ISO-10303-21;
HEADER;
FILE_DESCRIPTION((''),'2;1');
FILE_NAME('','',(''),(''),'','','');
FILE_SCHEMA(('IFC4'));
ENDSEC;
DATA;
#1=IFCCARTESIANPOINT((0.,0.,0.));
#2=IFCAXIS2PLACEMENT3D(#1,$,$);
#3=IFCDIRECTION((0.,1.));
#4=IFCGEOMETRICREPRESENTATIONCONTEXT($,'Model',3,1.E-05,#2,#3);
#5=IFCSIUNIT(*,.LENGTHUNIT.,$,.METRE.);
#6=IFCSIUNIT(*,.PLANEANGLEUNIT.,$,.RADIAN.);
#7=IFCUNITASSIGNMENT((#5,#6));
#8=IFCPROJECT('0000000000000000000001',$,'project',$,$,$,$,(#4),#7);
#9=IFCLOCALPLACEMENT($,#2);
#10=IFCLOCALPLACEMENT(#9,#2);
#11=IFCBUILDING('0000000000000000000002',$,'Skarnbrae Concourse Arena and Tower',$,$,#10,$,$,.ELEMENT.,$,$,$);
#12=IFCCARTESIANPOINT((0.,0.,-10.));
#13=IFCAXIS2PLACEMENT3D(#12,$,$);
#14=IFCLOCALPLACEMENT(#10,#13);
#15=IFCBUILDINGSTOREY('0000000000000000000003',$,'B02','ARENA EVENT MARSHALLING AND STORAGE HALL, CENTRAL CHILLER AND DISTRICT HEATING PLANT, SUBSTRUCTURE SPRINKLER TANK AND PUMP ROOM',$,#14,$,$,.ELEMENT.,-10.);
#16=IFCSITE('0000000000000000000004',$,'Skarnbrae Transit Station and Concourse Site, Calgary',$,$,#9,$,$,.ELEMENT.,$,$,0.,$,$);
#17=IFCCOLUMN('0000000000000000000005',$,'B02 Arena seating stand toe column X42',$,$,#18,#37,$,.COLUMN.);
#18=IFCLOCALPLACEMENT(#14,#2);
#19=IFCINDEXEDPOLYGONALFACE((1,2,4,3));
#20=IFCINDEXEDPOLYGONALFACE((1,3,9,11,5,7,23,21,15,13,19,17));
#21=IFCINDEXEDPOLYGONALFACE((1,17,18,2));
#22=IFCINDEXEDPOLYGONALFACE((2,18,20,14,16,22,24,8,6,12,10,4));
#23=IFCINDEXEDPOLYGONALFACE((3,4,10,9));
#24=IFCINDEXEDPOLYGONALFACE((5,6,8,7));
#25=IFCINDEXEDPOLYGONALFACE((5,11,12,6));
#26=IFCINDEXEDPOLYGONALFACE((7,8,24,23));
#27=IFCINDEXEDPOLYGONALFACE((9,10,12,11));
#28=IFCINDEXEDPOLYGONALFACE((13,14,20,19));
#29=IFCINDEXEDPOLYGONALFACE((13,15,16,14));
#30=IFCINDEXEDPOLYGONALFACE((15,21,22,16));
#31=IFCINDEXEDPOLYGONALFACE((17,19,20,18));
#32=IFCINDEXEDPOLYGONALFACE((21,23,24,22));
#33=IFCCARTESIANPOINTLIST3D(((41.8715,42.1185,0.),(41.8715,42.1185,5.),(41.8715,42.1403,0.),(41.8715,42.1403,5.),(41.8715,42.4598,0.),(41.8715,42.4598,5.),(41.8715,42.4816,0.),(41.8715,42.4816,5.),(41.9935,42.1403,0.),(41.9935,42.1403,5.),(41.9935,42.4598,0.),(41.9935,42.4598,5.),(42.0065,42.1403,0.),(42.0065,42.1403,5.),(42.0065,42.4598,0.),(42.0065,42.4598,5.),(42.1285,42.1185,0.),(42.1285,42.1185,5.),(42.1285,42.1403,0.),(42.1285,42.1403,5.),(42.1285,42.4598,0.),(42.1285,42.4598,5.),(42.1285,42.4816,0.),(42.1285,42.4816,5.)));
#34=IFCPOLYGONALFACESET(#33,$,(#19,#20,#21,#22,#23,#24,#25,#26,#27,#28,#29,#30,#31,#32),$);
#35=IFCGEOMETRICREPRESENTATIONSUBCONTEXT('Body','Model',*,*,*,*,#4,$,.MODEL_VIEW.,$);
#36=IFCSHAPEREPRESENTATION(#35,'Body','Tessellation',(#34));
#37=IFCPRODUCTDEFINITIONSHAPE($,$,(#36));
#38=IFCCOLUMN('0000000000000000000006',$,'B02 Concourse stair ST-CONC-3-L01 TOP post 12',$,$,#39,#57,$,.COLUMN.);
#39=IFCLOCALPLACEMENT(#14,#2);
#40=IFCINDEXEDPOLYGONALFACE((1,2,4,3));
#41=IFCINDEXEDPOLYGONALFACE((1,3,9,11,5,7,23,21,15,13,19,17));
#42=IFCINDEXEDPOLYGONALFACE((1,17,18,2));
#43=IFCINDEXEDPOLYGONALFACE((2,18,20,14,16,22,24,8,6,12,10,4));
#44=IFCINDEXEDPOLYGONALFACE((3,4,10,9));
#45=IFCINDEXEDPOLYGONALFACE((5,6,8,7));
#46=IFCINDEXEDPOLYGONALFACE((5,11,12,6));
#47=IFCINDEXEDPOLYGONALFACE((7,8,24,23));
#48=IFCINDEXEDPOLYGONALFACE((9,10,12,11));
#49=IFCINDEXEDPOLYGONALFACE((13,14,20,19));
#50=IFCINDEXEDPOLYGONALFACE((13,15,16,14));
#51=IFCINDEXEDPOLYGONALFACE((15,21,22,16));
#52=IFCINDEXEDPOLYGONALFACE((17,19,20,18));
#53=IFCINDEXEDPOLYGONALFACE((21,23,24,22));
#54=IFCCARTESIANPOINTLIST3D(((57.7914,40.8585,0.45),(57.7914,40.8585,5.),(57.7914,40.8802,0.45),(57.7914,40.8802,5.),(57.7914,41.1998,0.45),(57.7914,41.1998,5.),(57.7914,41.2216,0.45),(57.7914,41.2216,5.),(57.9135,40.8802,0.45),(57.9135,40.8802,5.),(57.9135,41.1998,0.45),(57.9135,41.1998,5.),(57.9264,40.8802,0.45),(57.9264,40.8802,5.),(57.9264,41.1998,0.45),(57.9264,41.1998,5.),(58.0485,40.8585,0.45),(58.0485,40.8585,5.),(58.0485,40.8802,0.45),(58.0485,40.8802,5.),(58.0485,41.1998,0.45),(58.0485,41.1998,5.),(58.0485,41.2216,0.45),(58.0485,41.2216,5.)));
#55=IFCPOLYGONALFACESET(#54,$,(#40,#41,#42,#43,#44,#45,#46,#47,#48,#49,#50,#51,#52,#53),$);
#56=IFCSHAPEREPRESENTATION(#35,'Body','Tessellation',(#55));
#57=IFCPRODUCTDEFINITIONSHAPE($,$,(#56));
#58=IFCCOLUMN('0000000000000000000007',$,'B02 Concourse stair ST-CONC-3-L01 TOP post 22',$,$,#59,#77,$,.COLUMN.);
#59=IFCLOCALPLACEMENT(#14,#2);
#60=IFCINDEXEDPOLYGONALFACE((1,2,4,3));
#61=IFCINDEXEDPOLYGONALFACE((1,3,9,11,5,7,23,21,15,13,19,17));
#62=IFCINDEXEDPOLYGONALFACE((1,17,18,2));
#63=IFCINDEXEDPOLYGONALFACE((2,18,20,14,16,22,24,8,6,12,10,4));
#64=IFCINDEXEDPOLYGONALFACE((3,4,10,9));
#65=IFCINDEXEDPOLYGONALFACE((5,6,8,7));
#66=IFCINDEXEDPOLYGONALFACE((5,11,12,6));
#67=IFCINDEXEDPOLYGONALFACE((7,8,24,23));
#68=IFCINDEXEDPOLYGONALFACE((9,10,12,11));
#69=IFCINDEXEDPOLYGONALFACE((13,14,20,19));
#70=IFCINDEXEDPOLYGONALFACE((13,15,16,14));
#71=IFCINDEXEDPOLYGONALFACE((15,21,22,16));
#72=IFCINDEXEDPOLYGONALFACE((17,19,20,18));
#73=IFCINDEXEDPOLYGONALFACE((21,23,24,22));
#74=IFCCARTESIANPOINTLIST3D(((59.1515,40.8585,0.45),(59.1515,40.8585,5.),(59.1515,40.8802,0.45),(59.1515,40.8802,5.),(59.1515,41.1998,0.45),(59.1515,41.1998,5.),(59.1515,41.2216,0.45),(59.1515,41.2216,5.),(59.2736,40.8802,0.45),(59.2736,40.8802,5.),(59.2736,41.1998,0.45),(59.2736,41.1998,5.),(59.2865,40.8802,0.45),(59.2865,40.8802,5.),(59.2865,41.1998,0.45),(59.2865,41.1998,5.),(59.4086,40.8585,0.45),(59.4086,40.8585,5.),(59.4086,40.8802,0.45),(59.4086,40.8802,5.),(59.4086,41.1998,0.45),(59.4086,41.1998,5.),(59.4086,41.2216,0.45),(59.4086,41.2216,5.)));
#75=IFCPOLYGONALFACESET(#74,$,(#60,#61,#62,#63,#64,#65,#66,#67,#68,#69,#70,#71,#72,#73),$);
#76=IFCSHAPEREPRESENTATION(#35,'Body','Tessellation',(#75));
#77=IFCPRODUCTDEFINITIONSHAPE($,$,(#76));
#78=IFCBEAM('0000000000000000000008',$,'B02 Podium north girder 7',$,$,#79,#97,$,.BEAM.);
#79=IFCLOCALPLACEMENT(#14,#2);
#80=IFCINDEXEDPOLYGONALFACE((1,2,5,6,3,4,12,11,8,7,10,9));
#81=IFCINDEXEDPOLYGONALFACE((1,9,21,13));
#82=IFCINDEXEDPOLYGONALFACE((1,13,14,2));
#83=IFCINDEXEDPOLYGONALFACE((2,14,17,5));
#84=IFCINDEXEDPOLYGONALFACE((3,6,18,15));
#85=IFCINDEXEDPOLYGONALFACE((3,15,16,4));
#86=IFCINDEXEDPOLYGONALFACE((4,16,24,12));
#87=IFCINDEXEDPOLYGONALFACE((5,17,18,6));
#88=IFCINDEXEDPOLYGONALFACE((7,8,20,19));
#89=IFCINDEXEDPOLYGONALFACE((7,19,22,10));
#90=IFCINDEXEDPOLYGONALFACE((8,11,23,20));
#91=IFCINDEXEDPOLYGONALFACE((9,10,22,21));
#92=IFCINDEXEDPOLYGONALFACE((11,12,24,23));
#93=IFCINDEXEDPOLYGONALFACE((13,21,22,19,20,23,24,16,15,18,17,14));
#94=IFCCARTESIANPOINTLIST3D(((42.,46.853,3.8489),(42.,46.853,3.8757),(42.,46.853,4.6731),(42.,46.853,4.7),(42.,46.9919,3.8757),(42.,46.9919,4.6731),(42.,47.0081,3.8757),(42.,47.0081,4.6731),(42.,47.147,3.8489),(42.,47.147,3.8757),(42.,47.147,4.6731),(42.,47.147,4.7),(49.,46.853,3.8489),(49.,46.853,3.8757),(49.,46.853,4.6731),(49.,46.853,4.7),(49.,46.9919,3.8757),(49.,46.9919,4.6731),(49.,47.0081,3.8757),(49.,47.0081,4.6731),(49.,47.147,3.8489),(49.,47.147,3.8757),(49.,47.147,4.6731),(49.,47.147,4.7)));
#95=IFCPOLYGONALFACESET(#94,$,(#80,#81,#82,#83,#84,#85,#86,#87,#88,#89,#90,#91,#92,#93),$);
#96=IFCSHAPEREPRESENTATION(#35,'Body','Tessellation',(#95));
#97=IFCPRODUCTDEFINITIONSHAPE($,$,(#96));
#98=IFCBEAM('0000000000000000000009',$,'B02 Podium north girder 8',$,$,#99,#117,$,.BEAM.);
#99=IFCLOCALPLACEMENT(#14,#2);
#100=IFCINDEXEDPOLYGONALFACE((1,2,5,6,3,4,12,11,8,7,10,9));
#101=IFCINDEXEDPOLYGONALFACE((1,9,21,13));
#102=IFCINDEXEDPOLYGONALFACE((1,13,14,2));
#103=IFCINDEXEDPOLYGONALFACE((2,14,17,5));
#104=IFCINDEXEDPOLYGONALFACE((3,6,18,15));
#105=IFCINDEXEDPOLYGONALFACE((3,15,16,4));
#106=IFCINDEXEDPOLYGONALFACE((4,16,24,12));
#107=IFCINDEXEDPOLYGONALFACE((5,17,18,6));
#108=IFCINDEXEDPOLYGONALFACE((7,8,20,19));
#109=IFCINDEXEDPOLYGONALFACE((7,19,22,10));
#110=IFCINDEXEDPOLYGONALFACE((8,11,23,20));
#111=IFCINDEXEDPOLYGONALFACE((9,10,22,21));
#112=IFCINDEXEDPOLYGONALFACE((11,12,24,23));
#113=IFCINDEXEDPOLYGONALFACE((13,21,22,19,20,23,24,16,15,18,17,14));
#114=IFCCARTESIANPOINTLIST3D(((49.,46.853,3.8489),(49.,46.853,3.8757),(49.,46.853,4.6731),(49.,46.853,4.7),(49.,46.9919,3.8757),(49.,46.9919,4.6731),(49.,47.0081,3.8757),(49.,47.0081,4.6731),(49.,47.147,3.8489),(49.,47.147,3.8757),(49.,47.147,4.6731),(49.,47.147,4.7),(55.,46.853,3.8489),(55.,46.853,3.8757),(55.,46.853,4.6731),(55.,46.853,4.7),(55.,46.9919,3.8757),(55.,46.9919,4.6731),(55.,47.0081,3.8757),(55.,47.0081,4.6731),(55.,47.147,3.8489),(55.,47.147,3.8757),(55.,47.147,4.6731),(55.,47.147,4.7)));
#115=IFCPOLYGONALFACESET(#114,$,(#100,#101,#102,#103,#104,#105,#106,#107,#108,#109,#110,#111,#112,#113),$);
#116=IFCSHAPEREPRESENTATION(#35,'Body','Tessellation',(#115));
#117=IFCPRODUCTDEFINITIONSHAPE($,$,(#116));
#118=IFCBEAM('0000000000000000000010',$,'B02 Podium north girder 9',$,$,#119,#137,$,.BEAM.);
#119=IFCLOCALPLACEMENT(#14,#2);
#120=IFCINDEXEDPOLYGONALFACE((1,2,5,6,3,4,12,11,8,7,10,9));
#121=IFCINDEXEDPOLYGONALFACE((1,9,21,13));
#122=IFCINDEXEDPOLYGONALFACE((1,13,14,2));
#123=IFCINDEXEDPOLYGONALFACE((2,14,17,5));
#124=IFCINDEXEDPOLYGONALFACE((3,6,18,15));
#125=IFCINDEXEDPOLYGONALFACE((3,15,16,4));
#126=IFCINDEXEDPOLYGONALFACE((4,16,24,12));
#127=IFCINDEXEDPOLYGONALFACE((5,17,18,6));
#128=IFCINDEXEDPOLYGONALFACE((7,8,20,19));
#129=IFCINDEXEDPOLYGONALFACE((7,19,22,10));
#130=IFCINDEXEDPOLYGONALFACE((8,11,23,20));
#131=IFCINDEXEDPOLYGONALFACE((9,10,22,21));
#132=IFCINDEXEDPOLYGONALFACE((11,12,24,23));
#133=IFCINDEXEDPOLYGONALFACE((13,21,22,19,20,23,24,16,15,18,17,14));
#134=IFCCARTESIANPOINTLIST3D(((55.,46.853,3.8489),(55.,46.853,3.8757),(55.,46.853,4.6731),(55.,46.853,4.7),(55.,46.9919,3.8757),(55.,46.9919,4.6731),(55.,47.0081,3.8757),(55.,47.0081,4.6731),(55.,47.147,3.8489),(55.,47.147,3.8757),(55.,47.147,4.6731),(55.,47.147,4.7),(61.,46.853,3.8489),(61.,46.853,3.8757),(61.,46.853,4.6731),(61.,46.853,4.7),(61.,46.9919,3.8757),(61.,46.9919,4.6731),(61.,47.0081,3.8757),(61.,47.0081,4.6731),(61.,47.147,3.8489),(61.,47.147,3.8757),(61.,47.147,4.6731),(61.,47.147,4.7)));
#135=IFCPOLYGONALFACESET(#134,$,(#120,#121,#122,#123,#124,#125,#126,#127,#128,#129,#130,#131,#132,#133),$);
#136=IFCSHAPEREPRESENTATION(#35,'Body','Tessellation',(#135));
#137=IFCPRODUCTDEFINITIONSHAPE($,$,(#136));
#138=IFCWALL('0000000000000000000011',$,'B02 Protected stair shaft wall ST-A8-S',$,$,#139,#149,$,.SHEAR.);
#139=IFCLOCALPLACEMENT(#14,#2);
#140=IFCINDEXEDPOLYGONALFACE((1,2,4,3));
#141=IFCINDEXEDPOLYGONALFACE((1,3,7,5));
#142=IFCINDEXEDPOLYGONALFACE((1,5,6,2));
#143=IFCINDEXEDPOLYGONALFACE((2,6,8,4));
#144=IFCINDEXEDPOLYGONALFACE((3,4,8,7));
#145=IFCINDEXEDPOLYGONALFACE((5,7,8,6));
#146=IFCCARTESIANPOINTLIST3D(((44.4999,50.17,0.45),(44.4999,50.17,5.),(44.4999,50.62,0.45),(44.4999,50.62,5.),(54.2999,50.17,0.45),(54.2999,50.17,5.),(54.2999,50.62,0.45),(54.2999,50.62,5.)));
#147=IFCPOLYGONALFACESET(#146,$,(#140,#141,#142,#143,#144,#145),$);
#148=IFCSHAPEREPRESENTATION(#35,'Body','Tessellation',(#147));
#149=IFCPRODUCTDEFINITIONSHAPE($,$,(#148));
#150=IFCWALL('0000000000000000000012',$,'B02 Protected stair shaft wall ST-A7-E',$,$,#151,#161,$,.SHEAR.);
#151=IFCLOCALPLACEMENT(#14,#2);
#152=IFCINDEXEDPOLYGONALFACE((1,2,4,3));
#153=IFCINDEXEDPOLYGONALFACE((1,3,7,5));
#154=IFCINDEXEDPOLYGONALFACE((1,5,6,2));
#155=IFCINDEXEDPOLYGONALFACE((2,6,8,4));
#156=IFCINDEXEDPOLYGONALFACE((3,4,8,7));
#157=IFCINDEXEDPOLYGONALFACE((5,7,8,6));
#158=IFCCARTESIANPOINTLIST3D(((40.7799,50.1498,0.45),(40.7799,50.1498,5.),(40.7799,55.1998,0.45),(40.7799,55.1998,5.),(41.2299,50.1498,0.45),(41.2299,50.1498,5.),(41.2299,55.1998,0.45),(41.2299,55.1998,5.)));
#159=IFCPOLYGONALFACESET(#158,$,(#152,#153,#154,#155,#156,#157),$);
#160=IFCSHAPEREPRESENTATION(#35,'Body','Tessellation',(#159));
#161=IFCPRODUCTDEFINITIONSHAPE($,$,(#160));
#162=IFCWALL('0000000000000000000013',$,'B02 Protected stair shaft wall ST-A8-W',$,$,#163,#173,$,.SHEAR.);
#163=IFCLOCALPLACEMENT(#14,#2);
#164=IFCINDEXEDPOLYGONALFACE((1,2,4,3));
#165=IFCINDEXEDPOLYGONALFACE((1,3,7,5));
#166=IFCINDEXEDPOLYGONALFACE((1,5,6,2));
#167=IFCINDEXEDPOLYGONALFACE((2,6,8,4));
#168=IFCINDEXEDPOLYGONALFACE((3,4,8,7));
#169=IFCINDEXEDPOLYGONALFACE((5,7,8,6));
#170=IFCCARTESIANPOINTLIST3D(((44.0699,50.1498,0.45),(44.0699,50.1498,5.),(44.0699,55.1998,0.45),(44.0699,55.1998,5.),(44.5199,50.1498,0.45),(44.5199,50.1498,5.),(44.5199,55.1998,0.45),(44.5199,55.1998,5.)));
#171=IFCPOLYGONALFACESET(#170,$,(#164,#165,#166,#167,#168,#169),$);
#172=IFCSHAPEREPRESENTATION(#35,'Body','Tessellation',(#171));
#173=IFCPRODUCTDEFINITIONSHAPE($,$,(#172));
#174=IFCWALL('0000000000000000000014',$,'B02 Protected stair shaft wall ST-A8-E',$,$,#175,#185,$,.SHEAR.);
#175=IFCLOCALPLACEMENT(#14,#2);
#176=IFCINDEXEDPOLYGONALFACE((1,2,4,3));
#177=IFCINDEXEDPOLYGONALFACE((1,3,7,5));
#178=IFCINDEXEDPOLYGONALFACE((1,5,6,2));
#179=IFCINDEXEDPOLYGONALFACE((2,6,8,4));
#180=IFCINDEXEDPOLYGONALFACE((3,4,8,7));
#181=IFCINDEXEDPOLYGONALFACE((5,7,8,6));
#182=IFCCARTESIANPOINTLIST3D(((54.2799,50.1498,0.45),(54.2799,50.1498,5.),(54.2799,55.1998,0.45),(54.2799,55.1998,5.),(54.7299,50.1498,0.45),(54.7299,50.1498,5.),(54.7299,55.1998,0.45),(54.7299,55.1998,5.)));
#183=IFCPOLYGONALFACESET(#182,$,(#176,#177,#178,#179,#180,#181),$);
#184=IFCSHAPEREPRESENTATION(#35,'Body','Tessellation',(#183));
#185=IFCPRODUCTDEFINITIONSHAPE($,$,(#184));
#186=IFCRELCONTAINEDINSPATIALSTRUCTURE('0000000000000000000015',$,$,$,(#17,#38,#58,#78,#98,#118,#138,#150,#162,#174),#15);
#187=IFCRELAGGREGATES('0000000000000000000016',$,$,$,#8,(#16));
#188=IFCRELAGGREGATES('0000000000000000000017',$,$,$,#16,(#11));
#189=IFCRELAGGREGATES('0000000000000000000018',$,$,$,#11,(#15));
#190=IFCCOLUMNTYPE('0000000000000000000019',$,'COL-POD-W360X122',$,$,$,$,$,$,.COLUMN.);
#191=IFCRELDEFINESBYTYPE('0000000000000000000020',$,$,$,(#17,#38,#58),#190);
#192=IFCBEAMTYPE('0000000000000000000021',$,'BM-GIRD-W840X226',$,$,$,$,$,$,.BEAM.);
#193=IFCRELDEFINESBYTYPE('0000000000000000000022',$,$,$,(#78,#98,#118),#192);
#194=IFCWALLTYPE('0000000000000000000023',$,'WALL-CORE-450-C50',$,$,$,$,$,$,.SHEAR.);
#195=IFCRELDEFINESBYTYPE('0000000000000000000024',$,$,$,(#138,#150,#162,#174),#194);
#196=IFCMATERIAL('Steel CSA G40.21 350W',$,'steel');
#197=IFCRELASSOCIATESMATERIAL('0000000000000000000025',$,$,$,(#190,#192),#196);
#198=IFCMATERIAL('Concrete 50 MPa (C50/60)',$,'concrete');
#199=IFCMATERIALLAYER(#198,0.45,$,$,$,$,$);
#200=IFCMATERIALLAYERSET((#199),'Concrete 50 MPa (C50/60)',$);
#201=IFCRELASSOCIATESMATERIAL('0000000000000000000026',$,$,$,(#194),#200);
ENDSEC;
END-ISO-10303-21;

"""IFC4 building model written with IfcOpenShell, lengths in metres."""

from ifc_helpers import new_model, si_unit, direction, frame, frame_2d, origin, origin_2d, place, context, subcontext, project, spatial, rectangle, i_section, extrude, source, transform, mapped, material, layer, layer_set, material_profile, profile_set, type_object, element, save


model = new_model("IFC4")

# Units and contexts
model_context = context("Model", 3, precision=1e-05, world=origin(), true_north=direction((0.0, 1.0)))
body_context = subcontext(model_context, "Body", "Model", "MODEL_VIEW")
ifc_project = project(units=[si_unit("LENGTHUNIT", "METRE"), si_unit("PLANEANGLEUNIT", "RADIAN")], contexts=[model_context])

# Site, building, storey
site_placement = place(None, origin())
site = spatial("IfcSite", under=ifc_project, at=site_placement, Name="Skarnbrae Transit Station and Concourse Site, Calgary", CompositionType="ELEMENT", RefElevation=0.0)
building_placement = place(site_placement, origin())
building = spatial("IfcBuilding", under=site, at=building_placement, Name="Skarnbrae Concourse Arena and Tower", CompositionType="ELEMENT")
storey_placement = place(building_placement, frame((0.0, 0.0, -10.0)))
storey = spatial("IfcBuildingStorey", under=building, at=storey_placement, Name="B02", Description="ARENA EVENT MARSHALLING AND STORAGE HALL, CENTRAL CHILLER AND DISTRICT HEATING PLANT, SUBSTRUCTURE SPRINKLER TANK AND PUMP ROOM", CompositionType="ELEMENT", Elevation=-10.0)

# Shared definitions
ifc_material_1 = material(Name="Concrete 50 MPa (C50/60)", Category="concrete")

# Columns
ifc_material_2 = material(Name="Steel CSA G40.21 350W", Category="steel")
ifc_material_profile_1 = material_profile(ifc_material_2, i_section(OverallWidth=0.2571, OverallDepth=0.363, WebThickness=0.0129, FlangeThickness=0.0217, at=origin_2d()), Name="W360X122")
ifc_profile_set_1 = profile_set([ifc_material_profile_1], Name="Steel CSA G40.21 350W")
column_type_1 = type_object("IfcColumnType", Name="COL-POD-W360X122", PredefinedType="COLUMN", material=ifc_profile_set_1)
shared_shape_1 = source(origin(), body_context, "Body", "SweptSolid", [
    extrude(i_section(OverallWidth=0.2571, OverallDepth=0.363, WebThickness=0.0129, FlangeThickness=0.0217, at=origin_2d()), origin(), (0.0, 0.0, 1.0), 5.0),
])
column_placement = place(storey_placement, frame((42.0, 42.3, 0.0), z_axis=(0.0, 0.0, 1.0), x_axis=(1.0, 0.0, 0.0)))
element("IfcColumn", 1, at=column_placement, inside=storey, type_object=column_type_1, Name="B02 Arena seating stand toe column X42", PredefinedType="COLUMN", context=body_context, shape_type="MappedRepresentation", body=[
    mapped(shared_shape_1, transform((0.0, 0.0, 0.0))),
])
shared_shape_2 = source(origin(), body_context, "Body", "SweptSolid", [
    extrude(i_section(OverallWidth=0.2571, OverallDepth=0.363, WebThickness=0.0129, FlangeThickness=0.0217, at=origin_2d()), origin(), (0.0, 0.0, 1.0), 4.55),
])
for number, where, z_axis, x_axis, name in (
    (2, (57.9199, 41.04, 0.45), (0.0, 0.0, 1.0), (1.0, 0.0, 0.0), "B02 Concourse stair ST-CONC-3-L01 TOP post 12"),
    (3, (59.28, 41.04, 0.45), (0.0, 0.0, 1.0), (1.0, 0.0, 0.0), "B02 Concourse stair ST-CONC-3-L01 TOP post 22"),
):
    element("IfcColumn", number, at=place(storey_placement, frame(where, z_axis=z_axis, x_axis=x_axis)), inside=storey, type_object=column_type_1, Name=name, PredefinedType="COLUMN", context=body_context, shape_type="MappedRepresentation", body=[
        mapped(shared_shape_2, transform((0.0, 0.0, 0.0))),
    ])

# Beams
ifc_material_profile_2 = material_profile(ifc_material_2, i_section(OverallWidth=0.2939, OverallDepth=0.8511, WebThickness=0.0161, FlangeThickness=0.0269, at=origin_2d()), Name="W840X226")
ifc_profile_set_2 = profile_set([ifc_material_profile_2], Name="Steel CSA G40.21 350W")
beam_type = type_object("IfcBeamType", Name="BM-GIRD-W840X226", PredefinedType="BEAM", material=ifc_profile_set_2)
shared_shape_3 = source(origin(), body_context, "Body", "SweptSolid", [
    extrude(i_section(OverallWidth=0.2939, OverallDepth=0.8511, WebThickness=0.0161, FlangeThickness=0.0269, at=origin_2d()), origin(), (0.0, 0.0, 1.0), 7.0),
])
beam_placement = place(storey_placement, frame((42.0, 47.0, 4.2744), z_axis=(1.0, 0.0, 0.0), x_axis=(0.0, 1.0, 0.0)))
element("IfcBeam", 4, at=beam_placement, inside=storey, type_object=beam_type, Name="B02 Podium north girder 7", PredefinedType="BEAM", context=body_context, shape_type="MappedRepresentation", body=[
    mapped(shared_shape_3, transform((0.0, 0.0, 0.0))),
])
shared_shape_4 = source(origin(), body_context, "Body", "SweptSolid", [
    extrude(i_section(OverallWidth=0.2939, OverallDepth=0.8511, WebThickness=0.0161, FlangeThickness=0.0269, at=origin_2d()), origin(), (0.0, 0.0, 1.0), 6.0),
])
for number, where, z_axis, x_axis, name in (
    (5, (49.0, 47.0, 4.2744), (1.0, 0.0, 0.0), (0.0, 1.0, 0.0), "B02 Podium north girder 8"),
    (6, (55.0, 47.0, 4.2744), (1.0, 0.0, 0.0), (0.0, 1.0, 0.0), "B02 Podium north girder 9"),
):
    element("IfcBeam", number, at=place(storey_placement, frame(where, z_axis=z_axis, x_axis=x_axis)), inside=storey, type_object=beam_type, Name=name, PredefinedType="BEAM", context=body_context, shape_type="MappedRepresentation", body=[
        mapped(shared_shape_4, transform((0.0, 0.0, 0.0))),
    ])

# Walls
ifc_layer = layer(ifc_material_1, 0.45)
ifc_layer_set = layer_set([ifc_layer], Name="Concrete 50 MPa (C50/60)")
wall_type = type_object("IfcWallType", Name="WALL-CORE-450-C50", PredefinedType="SHEAR", material=ifc_layer_set)
shared_shape_5 = source(origin(), body_context, "Body", "SweptSolid", [
    extrude(rectangle(XDim=9.8, YDim=0.45, at=frame_2d((4.8999, 0.0))), origin(), (0.0, 0.0, 1.0), 4.55),
])
wall_placement = place(storey_placement, frame((44.5, 50.395, 0.45), z_axis=(0.0, 0.0, 1.0), x_axis=(1.0, 0.0, 0.0)))
element("IfcWall", 7, at=wall_placement, inside=storey, type_object=wall_type, Name="B02 Protected stair shaft wall ST-A8-S", PredefinedType="SHEAR", context=body_context, shape_type="MappedRepresentation", body=[
    mapped(shared_shape_5, transform((0.0, 0.0, 0.0))),
])
shared_shape_6 = source(origin(), body_context, "Body", "SweptSolid", [
    extrude(rectangle(XDim=5.05, YDim=0.45, at=frame_2d((2.5249, 0.0))), origin(), (0.0, 0.0, 1.0), 4.55),
])
for number, where, z_axis, x_axis, name in (
    (8, (41.0049, 50.1499, 0.45), (0.0, 0.0, 1.0), (0.0, 1.0, 0.0), "B02 Protected stair shaft wall ST-A7-E"),
    (9, (44.2949, 50.1499, 0.45), (0.0, 0.0, 1.0), (0.0, 1.0, 0.0), "B02 Protected stair shaft wall ST-A8-W"),
    (10, (54.5049, 50.1499, 0.45), (0.0, 0.0, 1.0), (0.0, 1.0, 0.0), "B02 Protected stair shaft wall ST-A8-E"),
):
    element("IfcWall", number, at=place(storey_placement, frame(where, z_axis=z_axis, x_axis=x_axis)), inside=storey, type_object=wall_type, Name=name, PredefinedType="SHEAR", context=body_context, shape_type="MappedRepresentation", body=[
        mapped(shared_shape_6, transform((0.0, 0.0, 0.0))),
    ])

save(model, "model.ifc")
